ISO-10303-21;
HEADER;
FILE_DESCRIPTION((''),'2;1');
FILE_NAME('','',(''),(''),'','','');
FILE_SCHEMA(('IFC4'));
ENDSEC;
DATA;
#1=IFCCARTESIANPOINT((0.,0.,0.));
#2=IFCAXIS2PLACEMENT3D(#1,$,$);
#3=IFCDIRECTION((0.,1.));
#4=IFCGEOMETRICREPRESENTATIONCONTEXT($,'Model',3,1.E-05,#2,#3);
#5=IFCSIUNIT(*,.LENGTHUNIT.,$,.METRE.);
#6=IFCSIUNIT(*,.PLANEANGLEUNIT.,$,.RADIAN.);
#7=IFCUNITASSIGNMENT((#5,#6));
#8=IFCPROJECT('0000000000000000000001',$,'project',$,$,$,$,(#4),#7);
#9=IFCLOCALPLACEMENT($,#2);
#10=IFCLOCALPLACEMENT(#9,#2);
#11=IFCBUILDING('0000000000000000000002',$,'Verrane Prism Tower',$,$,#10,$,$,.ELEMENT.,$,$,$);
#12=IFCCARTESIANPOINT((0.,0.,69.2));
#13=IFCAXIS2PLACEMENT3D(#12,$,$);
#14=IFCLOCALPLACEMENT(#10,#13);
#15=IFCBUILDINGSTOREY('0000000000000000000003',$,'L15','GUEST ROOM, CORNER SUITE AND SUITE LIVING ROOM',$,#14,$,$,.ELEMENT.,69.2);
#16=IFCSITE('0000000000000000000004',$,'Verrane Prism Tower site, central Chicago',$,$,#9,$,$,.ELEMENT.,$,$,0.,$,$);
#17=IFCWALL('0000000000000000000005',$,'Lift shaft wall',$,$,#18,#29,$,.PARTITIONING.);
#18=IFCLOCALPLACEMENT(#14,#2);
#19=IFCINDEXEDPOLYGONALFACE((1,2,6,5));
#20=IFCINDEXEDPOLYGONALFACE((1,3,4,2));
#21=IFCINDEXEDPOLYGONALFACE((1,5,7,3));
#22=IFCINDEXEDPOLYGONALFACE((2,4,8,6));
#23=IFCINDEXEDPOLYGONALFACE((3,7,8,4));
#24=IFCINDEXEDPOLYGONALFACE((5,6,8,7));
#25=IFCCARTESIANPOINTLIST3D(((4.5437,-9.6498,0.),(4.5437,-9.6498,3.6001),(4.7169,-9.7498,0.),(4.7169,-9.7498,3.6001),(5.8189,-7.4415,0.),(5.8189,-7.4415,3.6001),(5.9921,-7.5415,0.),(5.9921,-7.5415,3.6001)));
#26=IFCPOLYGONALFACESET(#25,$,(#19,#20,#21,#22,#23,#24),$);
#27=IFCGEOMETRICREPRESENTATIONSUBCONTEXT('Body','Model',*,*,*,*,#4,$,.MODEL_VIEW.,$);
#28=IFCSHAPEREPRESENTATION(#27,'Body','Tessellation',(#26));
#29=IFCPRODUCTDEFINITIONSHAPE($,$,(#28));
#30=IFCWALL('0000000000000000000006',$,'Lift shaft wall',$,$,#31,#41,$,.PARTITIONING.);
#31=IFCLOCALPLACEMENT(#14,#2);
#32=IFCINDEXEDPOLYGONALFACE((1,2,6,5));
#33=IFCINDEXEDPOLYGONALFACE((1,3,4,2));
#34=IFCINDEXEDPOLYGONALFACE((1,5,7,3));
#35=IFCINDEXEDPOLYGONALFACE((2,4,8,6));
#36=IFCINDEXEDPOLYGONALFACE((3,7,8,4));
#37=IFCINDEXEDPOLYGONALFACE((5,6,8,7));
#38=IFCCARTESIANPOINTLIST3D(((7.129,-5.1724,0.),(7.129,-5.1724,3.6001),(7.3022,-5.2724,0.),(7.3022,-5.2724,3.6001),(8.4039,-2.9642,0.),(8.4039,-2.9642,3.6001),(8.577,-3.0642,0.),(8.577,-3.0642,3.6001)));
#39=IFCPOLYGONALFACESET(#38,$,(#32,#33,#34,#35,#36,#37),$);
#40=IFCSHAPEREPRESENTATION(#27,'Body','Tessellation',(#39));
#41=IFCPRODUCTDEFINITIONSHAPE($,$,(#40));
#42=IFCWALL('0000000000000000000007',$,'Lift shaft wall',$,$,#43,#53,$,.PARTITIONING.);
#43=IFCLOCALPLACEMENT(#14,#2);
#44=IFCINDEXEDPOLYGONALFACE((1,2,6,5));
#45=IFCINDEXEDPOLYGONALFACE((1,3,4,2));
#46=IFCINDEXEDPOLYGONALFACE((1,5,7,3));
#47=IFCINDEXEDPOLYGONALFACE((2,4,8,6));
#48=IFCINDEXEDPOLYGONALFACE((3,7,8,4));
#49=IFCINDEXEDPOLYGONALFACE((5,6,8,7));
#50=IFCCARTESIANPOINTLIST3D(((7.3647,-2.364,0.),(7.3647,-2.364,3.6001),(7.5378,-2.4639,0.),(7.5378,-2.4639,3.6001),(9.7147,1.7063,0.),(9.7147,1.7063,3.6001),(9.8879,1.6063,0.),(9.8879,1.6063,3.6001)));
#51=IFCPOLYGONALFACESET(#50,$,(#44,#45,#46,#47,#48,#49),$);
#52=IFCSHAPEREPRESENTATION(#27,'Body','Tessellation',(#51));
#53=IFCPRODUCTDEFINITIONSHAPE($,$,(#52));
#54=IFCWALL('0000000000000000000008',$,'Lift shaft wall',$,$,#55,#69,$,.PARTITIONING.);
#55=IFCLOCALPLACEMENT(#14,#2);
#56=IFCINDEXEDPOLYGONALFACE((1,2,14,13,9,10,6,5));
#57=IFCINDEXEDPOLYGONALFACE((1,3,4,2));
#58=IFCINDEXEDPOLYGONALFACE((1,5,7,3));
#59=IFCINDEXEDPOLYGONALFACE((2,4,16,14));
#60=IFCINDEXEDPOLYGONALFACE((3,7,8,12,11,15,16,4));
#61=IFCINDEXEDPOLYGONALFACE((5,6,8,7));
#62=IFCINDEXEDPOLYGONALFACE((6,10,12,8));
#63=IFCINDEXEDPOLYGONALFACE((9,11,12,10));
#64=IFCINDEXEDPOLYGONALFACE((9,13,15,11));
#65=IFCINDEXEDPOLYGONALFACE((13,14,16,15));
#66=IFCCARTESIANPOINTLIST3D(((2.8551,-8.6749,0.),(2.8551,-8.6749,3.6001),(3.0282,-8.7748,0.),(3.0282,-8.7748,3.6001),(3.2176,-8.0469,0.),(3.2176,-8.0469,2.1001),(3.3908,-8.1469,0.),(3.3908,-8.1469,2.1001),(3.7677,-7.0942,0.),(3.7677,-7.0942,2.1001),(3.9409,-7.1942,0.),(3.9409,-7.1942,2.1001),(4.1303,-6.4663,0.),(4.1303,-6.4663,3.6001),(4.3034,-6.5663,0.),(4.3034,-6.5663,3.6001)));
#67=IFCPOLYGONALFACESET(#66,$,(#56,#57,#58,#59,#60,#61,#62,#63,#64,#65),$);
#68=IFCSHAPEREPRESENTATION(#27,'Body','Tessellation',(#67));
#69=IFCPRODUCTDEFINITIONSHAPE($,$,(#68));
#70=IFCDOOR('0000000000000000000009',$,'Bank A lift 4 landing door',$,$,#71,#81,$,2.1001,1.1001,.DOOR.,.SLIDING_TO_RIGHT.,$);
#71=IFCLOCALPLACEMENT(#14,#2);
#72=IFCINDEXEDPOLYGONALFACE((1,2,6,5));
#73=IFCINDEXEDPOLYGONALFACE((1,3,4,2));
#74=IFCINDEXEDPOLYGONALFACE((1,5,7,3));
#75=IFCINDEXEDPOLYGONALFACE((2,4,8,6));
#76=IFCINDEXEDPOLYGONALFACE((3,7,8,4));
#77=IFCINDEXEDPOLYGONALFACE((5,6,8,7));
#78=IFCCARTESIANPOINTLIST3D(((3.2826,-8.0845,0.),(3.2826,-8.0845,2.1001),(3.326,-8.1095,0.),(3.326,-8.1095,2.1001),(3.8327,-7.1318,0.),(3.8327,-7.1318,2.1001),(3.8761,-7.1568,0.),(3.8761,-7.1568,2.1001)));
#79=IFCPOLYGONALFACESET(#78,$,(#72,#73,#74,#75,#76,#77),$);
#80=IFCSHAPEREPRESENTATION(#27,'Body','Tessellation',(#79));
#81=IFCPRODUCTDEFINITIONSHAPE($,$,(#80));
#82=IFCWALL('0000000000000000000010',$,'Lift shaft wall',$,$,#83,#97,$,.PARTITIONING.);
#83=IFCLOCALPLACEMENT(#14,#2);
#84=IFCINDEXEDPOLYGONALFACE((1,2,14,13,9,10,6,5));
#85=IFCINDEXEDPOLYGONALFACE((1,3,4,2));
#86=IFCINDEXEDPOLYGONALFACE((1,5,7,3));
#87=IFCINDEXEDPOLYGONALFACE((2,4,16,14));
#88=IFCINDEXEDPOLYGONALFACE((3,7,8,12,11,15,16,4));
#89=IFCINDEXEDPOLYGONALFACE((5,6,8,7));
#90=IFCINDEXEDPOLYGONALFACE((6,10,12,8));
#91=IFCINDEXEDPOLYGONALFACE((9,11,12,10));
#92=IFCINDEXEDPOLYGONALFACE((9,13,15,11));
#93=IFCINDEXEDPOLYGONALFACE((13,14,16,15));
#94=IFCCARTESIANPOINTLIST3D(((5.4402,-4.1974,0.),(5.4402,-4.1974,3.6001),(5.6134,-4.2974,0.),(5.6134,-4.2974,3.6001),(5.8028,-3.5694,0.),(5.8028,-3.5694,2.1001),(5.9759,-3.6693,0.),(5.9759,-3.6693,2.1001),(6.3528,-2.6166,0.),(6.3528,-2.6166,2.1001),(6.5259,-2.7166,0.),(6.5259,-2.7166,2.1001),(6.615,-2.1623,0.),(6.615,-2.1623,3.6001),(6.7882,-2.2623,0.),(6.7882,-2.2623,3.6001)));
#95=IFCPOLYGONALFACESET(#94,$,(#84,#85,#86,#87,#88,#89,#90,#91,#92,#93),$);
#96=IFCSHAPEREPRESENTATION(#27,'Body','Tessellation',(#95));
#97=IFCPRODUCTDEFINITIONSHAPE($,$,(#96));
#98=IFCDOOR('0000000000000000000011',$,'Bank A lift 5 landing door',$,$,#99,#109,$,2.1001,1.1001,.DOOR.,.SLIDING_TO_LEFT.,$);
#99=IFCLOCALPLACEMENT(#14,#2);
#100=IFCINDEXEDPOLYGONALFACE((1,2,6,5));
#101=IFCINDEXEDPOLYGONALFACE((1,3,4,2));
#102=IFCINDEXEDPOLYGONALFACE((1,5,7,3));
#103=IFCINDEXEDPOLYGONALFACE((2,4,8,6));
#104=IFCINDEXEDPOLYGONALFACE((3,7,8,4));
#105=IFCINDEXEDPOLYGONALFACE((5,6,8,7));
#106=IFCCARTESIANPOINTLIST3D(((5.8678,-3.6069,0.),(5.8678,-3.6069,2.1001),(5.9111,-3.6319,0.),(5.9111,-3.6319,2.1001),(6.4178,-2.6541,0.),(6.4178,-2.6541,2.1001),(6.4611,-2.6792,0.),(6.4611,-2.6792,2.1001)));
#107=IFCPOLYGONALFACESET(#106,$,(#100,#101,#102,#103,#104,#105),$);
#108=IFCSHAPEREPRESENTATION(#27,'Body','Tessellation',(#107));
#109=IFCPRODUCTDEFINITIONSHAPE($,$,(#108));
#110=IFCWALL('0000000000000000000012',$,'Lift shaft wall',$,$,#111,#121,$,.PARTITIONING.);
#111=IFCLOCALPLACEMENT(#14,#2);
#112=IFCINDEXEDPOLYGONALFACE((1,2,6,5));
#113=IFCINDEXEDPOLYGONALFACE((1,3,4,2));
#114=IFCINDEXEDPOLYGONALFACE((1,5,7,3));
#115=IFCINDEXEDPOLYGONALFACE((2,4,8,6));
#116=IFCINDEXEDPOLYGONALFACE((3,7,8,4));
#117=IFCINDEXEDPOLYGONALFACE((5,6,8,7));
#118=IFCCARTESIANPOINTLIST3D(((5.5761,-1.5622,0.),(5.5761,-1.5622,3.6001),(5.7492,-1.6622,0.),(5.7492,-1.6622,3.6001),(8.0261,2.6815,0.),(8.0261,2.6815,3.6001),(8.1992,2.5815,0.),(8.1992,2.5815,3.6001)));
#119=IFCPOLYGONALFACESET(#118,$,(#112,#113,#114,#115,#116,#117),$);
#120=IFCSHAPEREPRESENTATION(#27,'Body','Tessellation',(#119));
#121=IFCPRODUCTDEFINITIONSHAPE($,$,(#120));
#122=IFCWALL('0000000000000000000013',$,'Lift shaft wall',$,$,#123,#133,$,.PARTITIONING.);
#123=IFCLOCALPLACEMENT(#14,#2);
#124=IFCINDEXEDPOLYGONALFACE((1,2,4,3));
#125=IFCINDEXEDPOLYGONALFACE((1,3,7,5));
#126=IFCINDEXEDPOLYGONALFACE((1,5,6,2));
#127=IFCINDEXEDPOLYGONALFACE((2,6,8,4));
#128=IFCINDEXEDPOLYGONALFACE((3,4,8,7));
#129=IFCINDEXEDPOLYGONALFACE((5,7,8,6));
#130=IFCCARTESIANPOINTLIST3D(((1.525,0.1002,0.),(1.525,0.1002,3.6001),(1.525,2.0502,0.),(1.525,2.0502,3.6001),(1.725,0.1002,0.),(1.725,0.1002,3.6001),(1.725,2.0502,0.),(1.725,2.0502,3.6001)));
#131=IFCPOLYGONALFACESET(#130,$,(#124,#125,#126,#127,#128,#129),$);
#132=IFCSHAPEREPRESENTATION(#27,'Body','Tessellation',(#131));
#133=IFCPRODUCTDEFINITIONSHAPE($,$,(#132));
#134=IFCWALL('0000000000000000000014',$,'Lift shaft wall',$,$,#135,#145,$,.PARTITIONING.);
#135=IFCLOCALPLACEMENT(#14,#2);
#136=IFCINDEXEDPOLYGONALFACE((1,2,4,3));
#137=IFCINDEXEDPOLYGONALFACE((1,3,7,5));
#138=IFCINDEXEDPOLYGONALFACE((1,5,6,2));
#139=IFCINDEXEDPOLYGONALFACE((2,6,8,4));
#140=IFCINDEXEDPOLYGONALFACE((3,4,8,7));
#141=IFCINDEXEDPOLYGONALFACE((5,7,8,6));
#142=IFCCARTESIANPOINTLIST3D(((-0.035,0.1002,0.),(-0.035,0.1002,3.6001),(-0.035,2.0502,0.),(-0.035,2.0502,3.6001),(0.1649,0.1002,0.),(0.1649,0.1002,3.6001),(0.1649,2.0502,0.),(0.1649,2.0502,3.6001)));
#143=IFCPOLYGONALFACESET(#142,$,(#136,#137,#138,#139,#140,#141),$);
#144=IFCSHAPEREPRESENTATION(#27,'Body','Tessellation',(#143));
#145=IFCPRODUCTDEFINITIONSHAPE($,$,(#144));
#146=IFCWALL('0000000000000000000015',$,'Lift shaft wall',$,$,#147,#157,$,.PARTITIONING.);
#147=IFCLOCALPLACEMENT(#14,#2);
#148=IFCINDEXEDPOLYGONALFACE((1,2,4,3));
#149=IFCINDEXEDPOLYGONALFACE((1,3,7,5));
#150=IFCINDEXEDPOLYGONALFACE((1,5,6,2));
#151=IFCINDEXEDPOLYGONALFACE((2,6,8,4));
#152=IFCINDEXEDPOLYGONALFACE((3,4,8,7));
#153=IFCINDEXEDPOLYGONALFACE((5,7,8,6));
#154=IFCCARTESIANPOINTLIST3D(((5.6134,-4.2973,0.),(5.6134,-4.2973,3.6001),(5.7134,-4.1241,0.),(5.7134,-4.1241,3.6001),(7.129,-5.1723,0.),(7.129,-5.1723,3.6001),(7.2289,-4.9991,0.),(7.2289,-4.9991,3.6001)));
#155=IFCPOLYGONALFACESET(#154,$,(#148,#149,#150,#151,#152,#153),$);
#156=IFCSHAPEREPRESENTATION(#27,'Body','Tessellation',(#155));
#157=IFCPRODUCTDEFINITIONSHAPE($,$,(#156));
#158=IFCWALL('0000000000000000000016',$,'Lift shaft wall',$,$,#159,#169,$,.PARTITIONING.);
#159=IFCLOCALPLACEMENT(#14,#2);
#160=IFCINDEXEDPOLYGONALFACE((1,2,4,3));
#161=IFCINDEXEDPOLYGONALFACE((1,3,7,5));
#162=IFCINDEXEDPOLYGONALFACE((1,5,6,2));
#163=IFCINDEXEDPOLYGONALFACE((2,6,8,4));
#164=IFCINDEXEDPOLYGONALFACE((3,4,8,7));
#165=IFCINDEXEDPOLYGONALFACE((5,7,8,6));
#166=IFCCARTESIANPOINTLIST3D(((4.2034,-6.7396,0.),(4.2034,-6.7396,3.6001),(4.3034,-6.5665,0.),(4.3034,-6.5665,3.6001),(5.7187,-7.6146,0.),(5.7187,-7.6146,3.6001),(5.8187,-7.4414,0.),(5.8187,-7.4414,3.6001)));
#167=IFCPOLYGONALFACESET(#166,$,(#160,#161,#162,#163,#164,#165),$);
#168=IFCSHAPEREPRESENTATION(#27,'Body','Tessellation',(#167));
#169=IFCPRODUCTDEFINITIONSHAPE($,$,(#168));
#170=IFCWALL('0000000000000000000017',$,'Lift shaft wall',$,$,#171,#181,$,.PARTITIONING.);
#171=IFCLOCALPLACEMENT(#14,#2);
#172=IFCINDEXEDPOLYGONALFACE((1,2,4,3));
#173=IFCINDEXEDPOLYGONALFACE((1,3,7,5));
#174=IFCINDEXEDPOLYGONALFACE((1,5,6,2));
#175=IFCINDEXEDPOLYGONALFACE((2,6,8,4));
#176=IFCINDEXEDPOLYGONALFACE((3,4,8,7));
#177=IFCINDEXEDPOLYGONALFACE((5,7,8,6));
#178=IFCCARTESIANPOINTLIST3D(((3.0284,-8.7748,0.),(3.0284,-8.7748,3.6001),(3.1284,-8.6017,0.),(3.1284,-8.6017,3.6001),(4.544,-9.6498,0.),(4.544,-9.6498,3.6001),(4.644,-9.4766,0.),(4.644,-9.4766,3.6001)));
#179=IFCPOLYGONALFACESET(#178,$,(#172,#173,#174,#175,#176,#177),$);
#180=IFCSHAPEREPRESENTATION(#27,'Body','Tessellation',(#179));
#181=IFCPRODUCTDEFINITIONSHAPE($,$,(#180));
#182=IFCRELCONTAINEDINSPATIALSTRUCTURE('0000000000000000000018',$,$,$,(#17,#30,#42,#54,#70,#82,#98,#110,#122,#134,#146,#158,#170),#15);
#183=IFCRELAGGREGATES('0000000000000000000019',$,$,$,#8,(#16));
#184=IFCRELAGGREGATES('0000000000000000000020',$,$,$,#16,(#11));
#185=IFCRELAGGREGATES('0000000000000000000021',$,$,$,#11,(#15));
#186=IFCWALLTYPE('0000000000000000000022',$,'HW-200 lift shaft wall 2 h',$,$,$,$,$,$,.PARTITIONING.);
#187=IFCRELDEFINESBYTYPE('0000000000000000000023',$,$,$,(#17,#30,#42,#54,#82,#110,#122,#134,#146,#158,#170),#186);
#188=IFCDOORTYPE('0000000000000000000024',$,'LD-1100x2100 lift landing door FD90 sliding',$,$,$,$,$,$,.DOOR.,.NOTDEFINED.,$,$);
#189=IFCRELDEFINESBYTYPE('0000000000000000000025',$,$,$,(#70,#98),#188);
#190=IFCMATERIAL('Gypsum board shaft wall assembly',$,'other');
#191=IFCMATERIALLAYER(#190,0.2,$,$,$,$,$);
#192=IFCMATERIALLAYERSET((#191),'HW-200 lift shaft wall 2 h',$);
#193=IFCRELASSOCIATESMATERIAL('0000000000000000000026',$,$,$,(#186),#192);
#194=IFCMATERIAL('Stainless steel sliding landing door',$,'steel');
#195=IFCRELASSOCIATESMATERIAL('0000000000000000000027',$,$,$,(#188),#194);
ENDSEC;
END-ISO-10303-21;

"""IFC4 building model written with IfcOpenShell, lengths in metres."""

from ifc_helpers import new_model, si_unit, direction, frame, frame_2d, origin, place, context, subcontext, project, spatial, rectangle, extrude, material, layer, layer_set, type_object, element, fill, save


model = new_model("IFC4")

# Units and contexts
model_context = context("Model", 3, precision=1e-05, world=origin(), true_north=direction((0.0, 1.0)))
body_context = subcontext(model_context, "Body", "Model", "MODEL_VIEW")
ifc_project = project(units=[si_unit("LENGTHUNIT", "METRE"), si_unit("PLANEANGLEUNIT", "RADIAN")], contexts=[model_context])

# Site, building, storey
site_placement = place(None, origin())
site = spatial("IfcSite", under=ifc_project, at=site_placement, Name="Verrane Prism Tower site, central Chicago", CompositionType="ELEMENT", RefElevation=0.0)
building_placement = place(site_placement, origin())
building = spatial("IfcBuilding", under=site, at=building_placement, Name="Verrane Prism Tower", CompositionType="ELEMENT")
storey_placement = place(building_placement, frame((0.0, 0.0, 69.2)))
storey = spatial("IfcBuildingStorey", under=building, at=storey_placement, Name="L15", Description="GUEST ROOM, CORNER SUITE AND SUITE LIVING ROOM", CompositionType="ELEMENT", Elevation=69.2)

# Walls
ifc_material_1 = material(Name="Gypsum board shaft wall assembly", Category="other")
ifc_layer_1 = layer(ifc_material_1, 0.2)
ifc_layer_set_1 = layer_set([ifc_layer_1], Name="HW-200 lift shaft wall 2 h")
wall_type_1 = type_object("IfcWallType", Name="HW-200 lift shaft wall 2 h", PredefinedType="PARTITIONING", material=ifc_layer_set_1)
wall_1_placement = place(storey_placement, frame((4.6304, -9.6997, 0.0), z_axis=(0.0, 0.0, 1.0), x_axis=(0.500062, 0.865989, 0.0)))
element("IfcWall", 1, at=wall_1_placement, inside=storey, type_object=wall_type_1, Name="Lift shaft wall", PredefinedType="PARTITIONING", context=body_context, shape_type="SweptSolid", body=[
    extrude(rectangle(XDim=2.55, YDim=0.2, at=frame_2d((1.2749, 0.0))), origin(), (0.0, 0.0, 1.0), 3.6001),
])
wall_2_placement = place(storey_placement, frame((7.2156, -5.2224, 0.0), z_axis=(0.0, 0.0, 1.0), x_axis=(0.49999, 0.866031, 0.0)))
element("IfcWall", 2, at=wall_2_placement, inside=storey, type_object=wall_type_1, Name="Lift shaft wall", PredefinedType="PARTITIONING", context=body_context, shape_type="SweptSolid", body=[
    extrude(rectangle(XDim=2.5498, YDim=0.2, at=frame_2d((1.2749, 0.0))), origin(), (0.0, 0.0, 1.0), 3.6001),
])
wall_3_placement = place(storey_placement, frame((7.4512, -2.4141, 0.0), z_axis=(0.0, 0.0, 1.0), x_axis=(0.500016, 0.866016, 0.0)))
element("IfcWall", 3, at=wall_3_placement, inside=storey, type_object=wall_type_1, Name="Lift shaft wall", PredefinedType="PARTITIONING", context=body_context, shape_type="SweptSolid", body=[
    extrude(rectangle(XDim=4.7, YDim=0.2, at=frame_2d((2.3501, 0.0))), origin(), (0.0, 0.0, 1.0), 3.6001),
])

# Walls, openings, doors
wall_4_placement = place(storey_placement, frame((2.9417, -8.7249, 0.0), z_axis=(0.0, 0.0, 1.0), x_axis=(0.500021, 0.866013, 0.0)))
wall_4 = element("IfcWall", 4, at=wall_4_placement, inside=storey, type_object=wall_type_1, Name="Lift shaft wall", PredefinedType="PARTITIONING", context=body_context, shape_type="SweptSolid", body=[
    extrude(rectangle(XDim=2.5503, YDim=0.2, at=frame_2d((1.2751, 0.0))), origin(), (0.0, 0.0, 1.0), 3.6001),
])
opening_1_placement = place(wall_4_placement, frame((0.7251, 0.0, 0.0)))
opening_1 = element("IfcOpeningElement", 5, at=opening_1_placement, cuts=wall_4, PredefinedType="OPENING", context=body_context, shape_type="SweptSolid", body=[
    extrude(rectangle(XDim=1.1001, YDim=2.1001, at=frame_2d((0.55, 1.05))), frame((0.0, 0.1099, 0.0), z_axis=(0.0, -1.0, 0.0), x_axis=(1.0, 0.0, 0.0)), (0.0, 0.0, 1.0), 0.22),
])
ifc_material_2 = material(Name="Stainless steel sliding landing door", Category="steel")
door_type_1 = type_object("IfcDoorType", Name="LD-1100x2100 lift landing door FD90 sliding", OperationType="NOTDEFINED", PredefinedType="DOOR", material=ifc_material_2)
door_1_placement = place(opening_1_placement, origin())
door_1 = element("IfcDoor", 6, at=door_1_placement, inside=storey, type_object=door_type_1, Name="Bank A lift 4 landing door", OperationType="SLIDING_TO_RIGHT", OverallHeight=2.1001, OverallWidth=1.1001, PredefinedType="DOOR", context=body_context, shape_type="SweptSolid", body=[
    extrude(rectangle(XDim=1.1001, YDim=2.1001, at=frame_2d((0.55, 1.05))), frame((0.0, 0.0249, 0.0), z_axis=(0.0, -1.0, 0.0), x_axis=(1.0, 0.0, 0.0)), (0.0, 0.0, 1.0), 0.05),
])
fill(opening_1, door_1)
wall_5_placement = place(storey_placement, frame((5.5269, -4.2473, 0.0), z_axis=(0.0, 0.0, 1.0), x_axis=(0.499938, 0.866061, 0.0)))
wall_5 = element("IfcWall", 7, at=wall_5_placement, inside=storey, type_object=wall_type_1, Name="Lift shaft wall", PredefinedType="PARTITIONING", context=body_context, shape_type="SweptSolid", body=[
    extrude(rectangle(XDim=2.3499, YDim=0.2, at=frame_2d((1.1748, 0.0))), origin(), (0.0, 0.0, 1.0), 3.6001),
])
opening_2_placement = place(wall_5_placement, frame((0.7251, 0.0, 0.0)))
opening_2 = element("IfcOpeningElement", 8, at=opening_2_placement, cuts=wall_5, PredefinedType="OPENING", context=body_context, shape_type="SweptSolid", body=[
    extrude(rectangle(XDim=1.1001, YDim=2.1001, at=frame_2d((0.55, 1.05))), frame((0.0, 0.1099, 0.0), z_axis=(0.0, -1.0, 0.0), x_axis=(1.0, 0.0, 0.0)), (0.0, 0.0, 1.0), 0.22),
])
door_2_placement = place(opening_2_placement, origin())
door_2 = element("IfcDoor", 9, at=door_2_placement, inside=storey, type_object=door_type_1, Name="Bank A lift 5 landing door", OperationType="SLIDING_TO_LEFT", OverallHeight=2.1001, OverallWidth=1.1001, PredefinedType="DOOR", context=body_context, shape_type="SweptSolid", body=[
    extrude(rectangle(XDim=1.1001, YDim=2.1001, at=frame_2d((0.55, 1.05))), frame((0.0, 0.0249, 0.0), z_axis=(0.0, -1.0, 0.0), x_axis=(1.0, 0.0, 0.0)), (0.0, 0.0, 1.0), 0.05),
])
fill(opening_2, door_2)

# Walls
wall_6_placement = place(storey_placement, frame((5.6626, -1.6123, 0.0), z_axis=(0.0, 0.0, 1.0), x_axis=(0.499981, 0.866036, 0.0)))
element("IfcWall", 10, at=wall_6_placement, inside=storey, type_object=wall_type_1, Name="Lift shaft wall", PredefinedType="PARTITIONING", context=body_context, shape_type="SweptSolid", body=[
    extrude(rectangle(XDim=4.9001, YDim=0.2, at=frame_2d((2.4502, 0.0))), origin(), (0.0, 0.0, 1.0), 3.6001),
])
for number, where, z_axis, x_axis, name in (
    (11, (1.625, 0.1001, 0.0), (0.0, 0.0, 1.0), (0.0, 1.0, 0.0), "Lift shaft wall"),
    (12, (0.0649, 0.1001, 0.0), (0.0, 0.0, 1.0), (0.0, 1.0, 0.0), "Lift shaft wall"),
):
    element("IfcWall", number, at=place(storey_placement, frame(where, z_axis=z_axis, x_axis=x_axis)), inside=storey, type_object=wall_type_1, Name=name, PredefinedType="PARTITIONING", context=body_context, shape_type="SweptSolid", body=[
        extrude(rectangle(XDim=1.95, YDim=0.2, at=frame_2d((0.9751, 0.0))), origin(), (0.0, 0.0, 1.0), 3.6001),
    ])
wall_7_placement = place(storey_placement, frame((7.179, -5.0857, 0.0), z_axis=(0.0, 0.0, 1.0), x_axis=(-0.866037, 0.49998, 0.0)))
element("IfcWall", 13, at=wall_7_placement, inside=storey, type_object=wall_type_1, Name="Lift shaft wall", PredefinedType="PARTITIONING", context=body_context, shape_type="SweptSolid", body=[
    extrude(rectangle(XDim=1.75, YDim=0.2, at=frame_2d((0.875, 0.0))), origin(), (0.0, 0.0, 1.0), 3.6001),
])
wall_8_placement = place(storey_placement, frame((5.7688, -7.5281, 0.0), z_axis=(0.0, 0.0, 1.0), x_axis=(-0.866002, 0.50004, 0.0)))
element("IfcWall", 14, at=wall_8_placement, inside=storey, type_object=wall_type_1, Name="Lift shaft wall", PredefinedType="PARTITIONING", context=body_context, shape_type="SweptSolid", body=[
    extrude(rectangle(XDim=1.7498, YDim=0.2, at=frame_2d((0.875, 0.0))), origin(), (0.0, 0.0, 1.0), 3.6001),
])
wall_9_placement = place(storey_placement, frame((4.594, -9.5632, 0.0), z_axis=(0.0, 0.0, 1.0), x_axis=(-0.866037, 0.49998, 0.0)))
element("IfcWall", 15, at=wall_9_placement, inside=storey, type_object=wall_type_1, Name="Lift shaft wall", PredefinedType="PARTITIONING", context=body_context, shape_type="SweptSolid", body=[
    extrude(rectangle(XDim=1.75, YDim=0.2, at=frame_2d((0.875, 0.0))), origin(), (0.0, 0.0, 1.0), 3.6001),
])

save(model, "model.ifc")
